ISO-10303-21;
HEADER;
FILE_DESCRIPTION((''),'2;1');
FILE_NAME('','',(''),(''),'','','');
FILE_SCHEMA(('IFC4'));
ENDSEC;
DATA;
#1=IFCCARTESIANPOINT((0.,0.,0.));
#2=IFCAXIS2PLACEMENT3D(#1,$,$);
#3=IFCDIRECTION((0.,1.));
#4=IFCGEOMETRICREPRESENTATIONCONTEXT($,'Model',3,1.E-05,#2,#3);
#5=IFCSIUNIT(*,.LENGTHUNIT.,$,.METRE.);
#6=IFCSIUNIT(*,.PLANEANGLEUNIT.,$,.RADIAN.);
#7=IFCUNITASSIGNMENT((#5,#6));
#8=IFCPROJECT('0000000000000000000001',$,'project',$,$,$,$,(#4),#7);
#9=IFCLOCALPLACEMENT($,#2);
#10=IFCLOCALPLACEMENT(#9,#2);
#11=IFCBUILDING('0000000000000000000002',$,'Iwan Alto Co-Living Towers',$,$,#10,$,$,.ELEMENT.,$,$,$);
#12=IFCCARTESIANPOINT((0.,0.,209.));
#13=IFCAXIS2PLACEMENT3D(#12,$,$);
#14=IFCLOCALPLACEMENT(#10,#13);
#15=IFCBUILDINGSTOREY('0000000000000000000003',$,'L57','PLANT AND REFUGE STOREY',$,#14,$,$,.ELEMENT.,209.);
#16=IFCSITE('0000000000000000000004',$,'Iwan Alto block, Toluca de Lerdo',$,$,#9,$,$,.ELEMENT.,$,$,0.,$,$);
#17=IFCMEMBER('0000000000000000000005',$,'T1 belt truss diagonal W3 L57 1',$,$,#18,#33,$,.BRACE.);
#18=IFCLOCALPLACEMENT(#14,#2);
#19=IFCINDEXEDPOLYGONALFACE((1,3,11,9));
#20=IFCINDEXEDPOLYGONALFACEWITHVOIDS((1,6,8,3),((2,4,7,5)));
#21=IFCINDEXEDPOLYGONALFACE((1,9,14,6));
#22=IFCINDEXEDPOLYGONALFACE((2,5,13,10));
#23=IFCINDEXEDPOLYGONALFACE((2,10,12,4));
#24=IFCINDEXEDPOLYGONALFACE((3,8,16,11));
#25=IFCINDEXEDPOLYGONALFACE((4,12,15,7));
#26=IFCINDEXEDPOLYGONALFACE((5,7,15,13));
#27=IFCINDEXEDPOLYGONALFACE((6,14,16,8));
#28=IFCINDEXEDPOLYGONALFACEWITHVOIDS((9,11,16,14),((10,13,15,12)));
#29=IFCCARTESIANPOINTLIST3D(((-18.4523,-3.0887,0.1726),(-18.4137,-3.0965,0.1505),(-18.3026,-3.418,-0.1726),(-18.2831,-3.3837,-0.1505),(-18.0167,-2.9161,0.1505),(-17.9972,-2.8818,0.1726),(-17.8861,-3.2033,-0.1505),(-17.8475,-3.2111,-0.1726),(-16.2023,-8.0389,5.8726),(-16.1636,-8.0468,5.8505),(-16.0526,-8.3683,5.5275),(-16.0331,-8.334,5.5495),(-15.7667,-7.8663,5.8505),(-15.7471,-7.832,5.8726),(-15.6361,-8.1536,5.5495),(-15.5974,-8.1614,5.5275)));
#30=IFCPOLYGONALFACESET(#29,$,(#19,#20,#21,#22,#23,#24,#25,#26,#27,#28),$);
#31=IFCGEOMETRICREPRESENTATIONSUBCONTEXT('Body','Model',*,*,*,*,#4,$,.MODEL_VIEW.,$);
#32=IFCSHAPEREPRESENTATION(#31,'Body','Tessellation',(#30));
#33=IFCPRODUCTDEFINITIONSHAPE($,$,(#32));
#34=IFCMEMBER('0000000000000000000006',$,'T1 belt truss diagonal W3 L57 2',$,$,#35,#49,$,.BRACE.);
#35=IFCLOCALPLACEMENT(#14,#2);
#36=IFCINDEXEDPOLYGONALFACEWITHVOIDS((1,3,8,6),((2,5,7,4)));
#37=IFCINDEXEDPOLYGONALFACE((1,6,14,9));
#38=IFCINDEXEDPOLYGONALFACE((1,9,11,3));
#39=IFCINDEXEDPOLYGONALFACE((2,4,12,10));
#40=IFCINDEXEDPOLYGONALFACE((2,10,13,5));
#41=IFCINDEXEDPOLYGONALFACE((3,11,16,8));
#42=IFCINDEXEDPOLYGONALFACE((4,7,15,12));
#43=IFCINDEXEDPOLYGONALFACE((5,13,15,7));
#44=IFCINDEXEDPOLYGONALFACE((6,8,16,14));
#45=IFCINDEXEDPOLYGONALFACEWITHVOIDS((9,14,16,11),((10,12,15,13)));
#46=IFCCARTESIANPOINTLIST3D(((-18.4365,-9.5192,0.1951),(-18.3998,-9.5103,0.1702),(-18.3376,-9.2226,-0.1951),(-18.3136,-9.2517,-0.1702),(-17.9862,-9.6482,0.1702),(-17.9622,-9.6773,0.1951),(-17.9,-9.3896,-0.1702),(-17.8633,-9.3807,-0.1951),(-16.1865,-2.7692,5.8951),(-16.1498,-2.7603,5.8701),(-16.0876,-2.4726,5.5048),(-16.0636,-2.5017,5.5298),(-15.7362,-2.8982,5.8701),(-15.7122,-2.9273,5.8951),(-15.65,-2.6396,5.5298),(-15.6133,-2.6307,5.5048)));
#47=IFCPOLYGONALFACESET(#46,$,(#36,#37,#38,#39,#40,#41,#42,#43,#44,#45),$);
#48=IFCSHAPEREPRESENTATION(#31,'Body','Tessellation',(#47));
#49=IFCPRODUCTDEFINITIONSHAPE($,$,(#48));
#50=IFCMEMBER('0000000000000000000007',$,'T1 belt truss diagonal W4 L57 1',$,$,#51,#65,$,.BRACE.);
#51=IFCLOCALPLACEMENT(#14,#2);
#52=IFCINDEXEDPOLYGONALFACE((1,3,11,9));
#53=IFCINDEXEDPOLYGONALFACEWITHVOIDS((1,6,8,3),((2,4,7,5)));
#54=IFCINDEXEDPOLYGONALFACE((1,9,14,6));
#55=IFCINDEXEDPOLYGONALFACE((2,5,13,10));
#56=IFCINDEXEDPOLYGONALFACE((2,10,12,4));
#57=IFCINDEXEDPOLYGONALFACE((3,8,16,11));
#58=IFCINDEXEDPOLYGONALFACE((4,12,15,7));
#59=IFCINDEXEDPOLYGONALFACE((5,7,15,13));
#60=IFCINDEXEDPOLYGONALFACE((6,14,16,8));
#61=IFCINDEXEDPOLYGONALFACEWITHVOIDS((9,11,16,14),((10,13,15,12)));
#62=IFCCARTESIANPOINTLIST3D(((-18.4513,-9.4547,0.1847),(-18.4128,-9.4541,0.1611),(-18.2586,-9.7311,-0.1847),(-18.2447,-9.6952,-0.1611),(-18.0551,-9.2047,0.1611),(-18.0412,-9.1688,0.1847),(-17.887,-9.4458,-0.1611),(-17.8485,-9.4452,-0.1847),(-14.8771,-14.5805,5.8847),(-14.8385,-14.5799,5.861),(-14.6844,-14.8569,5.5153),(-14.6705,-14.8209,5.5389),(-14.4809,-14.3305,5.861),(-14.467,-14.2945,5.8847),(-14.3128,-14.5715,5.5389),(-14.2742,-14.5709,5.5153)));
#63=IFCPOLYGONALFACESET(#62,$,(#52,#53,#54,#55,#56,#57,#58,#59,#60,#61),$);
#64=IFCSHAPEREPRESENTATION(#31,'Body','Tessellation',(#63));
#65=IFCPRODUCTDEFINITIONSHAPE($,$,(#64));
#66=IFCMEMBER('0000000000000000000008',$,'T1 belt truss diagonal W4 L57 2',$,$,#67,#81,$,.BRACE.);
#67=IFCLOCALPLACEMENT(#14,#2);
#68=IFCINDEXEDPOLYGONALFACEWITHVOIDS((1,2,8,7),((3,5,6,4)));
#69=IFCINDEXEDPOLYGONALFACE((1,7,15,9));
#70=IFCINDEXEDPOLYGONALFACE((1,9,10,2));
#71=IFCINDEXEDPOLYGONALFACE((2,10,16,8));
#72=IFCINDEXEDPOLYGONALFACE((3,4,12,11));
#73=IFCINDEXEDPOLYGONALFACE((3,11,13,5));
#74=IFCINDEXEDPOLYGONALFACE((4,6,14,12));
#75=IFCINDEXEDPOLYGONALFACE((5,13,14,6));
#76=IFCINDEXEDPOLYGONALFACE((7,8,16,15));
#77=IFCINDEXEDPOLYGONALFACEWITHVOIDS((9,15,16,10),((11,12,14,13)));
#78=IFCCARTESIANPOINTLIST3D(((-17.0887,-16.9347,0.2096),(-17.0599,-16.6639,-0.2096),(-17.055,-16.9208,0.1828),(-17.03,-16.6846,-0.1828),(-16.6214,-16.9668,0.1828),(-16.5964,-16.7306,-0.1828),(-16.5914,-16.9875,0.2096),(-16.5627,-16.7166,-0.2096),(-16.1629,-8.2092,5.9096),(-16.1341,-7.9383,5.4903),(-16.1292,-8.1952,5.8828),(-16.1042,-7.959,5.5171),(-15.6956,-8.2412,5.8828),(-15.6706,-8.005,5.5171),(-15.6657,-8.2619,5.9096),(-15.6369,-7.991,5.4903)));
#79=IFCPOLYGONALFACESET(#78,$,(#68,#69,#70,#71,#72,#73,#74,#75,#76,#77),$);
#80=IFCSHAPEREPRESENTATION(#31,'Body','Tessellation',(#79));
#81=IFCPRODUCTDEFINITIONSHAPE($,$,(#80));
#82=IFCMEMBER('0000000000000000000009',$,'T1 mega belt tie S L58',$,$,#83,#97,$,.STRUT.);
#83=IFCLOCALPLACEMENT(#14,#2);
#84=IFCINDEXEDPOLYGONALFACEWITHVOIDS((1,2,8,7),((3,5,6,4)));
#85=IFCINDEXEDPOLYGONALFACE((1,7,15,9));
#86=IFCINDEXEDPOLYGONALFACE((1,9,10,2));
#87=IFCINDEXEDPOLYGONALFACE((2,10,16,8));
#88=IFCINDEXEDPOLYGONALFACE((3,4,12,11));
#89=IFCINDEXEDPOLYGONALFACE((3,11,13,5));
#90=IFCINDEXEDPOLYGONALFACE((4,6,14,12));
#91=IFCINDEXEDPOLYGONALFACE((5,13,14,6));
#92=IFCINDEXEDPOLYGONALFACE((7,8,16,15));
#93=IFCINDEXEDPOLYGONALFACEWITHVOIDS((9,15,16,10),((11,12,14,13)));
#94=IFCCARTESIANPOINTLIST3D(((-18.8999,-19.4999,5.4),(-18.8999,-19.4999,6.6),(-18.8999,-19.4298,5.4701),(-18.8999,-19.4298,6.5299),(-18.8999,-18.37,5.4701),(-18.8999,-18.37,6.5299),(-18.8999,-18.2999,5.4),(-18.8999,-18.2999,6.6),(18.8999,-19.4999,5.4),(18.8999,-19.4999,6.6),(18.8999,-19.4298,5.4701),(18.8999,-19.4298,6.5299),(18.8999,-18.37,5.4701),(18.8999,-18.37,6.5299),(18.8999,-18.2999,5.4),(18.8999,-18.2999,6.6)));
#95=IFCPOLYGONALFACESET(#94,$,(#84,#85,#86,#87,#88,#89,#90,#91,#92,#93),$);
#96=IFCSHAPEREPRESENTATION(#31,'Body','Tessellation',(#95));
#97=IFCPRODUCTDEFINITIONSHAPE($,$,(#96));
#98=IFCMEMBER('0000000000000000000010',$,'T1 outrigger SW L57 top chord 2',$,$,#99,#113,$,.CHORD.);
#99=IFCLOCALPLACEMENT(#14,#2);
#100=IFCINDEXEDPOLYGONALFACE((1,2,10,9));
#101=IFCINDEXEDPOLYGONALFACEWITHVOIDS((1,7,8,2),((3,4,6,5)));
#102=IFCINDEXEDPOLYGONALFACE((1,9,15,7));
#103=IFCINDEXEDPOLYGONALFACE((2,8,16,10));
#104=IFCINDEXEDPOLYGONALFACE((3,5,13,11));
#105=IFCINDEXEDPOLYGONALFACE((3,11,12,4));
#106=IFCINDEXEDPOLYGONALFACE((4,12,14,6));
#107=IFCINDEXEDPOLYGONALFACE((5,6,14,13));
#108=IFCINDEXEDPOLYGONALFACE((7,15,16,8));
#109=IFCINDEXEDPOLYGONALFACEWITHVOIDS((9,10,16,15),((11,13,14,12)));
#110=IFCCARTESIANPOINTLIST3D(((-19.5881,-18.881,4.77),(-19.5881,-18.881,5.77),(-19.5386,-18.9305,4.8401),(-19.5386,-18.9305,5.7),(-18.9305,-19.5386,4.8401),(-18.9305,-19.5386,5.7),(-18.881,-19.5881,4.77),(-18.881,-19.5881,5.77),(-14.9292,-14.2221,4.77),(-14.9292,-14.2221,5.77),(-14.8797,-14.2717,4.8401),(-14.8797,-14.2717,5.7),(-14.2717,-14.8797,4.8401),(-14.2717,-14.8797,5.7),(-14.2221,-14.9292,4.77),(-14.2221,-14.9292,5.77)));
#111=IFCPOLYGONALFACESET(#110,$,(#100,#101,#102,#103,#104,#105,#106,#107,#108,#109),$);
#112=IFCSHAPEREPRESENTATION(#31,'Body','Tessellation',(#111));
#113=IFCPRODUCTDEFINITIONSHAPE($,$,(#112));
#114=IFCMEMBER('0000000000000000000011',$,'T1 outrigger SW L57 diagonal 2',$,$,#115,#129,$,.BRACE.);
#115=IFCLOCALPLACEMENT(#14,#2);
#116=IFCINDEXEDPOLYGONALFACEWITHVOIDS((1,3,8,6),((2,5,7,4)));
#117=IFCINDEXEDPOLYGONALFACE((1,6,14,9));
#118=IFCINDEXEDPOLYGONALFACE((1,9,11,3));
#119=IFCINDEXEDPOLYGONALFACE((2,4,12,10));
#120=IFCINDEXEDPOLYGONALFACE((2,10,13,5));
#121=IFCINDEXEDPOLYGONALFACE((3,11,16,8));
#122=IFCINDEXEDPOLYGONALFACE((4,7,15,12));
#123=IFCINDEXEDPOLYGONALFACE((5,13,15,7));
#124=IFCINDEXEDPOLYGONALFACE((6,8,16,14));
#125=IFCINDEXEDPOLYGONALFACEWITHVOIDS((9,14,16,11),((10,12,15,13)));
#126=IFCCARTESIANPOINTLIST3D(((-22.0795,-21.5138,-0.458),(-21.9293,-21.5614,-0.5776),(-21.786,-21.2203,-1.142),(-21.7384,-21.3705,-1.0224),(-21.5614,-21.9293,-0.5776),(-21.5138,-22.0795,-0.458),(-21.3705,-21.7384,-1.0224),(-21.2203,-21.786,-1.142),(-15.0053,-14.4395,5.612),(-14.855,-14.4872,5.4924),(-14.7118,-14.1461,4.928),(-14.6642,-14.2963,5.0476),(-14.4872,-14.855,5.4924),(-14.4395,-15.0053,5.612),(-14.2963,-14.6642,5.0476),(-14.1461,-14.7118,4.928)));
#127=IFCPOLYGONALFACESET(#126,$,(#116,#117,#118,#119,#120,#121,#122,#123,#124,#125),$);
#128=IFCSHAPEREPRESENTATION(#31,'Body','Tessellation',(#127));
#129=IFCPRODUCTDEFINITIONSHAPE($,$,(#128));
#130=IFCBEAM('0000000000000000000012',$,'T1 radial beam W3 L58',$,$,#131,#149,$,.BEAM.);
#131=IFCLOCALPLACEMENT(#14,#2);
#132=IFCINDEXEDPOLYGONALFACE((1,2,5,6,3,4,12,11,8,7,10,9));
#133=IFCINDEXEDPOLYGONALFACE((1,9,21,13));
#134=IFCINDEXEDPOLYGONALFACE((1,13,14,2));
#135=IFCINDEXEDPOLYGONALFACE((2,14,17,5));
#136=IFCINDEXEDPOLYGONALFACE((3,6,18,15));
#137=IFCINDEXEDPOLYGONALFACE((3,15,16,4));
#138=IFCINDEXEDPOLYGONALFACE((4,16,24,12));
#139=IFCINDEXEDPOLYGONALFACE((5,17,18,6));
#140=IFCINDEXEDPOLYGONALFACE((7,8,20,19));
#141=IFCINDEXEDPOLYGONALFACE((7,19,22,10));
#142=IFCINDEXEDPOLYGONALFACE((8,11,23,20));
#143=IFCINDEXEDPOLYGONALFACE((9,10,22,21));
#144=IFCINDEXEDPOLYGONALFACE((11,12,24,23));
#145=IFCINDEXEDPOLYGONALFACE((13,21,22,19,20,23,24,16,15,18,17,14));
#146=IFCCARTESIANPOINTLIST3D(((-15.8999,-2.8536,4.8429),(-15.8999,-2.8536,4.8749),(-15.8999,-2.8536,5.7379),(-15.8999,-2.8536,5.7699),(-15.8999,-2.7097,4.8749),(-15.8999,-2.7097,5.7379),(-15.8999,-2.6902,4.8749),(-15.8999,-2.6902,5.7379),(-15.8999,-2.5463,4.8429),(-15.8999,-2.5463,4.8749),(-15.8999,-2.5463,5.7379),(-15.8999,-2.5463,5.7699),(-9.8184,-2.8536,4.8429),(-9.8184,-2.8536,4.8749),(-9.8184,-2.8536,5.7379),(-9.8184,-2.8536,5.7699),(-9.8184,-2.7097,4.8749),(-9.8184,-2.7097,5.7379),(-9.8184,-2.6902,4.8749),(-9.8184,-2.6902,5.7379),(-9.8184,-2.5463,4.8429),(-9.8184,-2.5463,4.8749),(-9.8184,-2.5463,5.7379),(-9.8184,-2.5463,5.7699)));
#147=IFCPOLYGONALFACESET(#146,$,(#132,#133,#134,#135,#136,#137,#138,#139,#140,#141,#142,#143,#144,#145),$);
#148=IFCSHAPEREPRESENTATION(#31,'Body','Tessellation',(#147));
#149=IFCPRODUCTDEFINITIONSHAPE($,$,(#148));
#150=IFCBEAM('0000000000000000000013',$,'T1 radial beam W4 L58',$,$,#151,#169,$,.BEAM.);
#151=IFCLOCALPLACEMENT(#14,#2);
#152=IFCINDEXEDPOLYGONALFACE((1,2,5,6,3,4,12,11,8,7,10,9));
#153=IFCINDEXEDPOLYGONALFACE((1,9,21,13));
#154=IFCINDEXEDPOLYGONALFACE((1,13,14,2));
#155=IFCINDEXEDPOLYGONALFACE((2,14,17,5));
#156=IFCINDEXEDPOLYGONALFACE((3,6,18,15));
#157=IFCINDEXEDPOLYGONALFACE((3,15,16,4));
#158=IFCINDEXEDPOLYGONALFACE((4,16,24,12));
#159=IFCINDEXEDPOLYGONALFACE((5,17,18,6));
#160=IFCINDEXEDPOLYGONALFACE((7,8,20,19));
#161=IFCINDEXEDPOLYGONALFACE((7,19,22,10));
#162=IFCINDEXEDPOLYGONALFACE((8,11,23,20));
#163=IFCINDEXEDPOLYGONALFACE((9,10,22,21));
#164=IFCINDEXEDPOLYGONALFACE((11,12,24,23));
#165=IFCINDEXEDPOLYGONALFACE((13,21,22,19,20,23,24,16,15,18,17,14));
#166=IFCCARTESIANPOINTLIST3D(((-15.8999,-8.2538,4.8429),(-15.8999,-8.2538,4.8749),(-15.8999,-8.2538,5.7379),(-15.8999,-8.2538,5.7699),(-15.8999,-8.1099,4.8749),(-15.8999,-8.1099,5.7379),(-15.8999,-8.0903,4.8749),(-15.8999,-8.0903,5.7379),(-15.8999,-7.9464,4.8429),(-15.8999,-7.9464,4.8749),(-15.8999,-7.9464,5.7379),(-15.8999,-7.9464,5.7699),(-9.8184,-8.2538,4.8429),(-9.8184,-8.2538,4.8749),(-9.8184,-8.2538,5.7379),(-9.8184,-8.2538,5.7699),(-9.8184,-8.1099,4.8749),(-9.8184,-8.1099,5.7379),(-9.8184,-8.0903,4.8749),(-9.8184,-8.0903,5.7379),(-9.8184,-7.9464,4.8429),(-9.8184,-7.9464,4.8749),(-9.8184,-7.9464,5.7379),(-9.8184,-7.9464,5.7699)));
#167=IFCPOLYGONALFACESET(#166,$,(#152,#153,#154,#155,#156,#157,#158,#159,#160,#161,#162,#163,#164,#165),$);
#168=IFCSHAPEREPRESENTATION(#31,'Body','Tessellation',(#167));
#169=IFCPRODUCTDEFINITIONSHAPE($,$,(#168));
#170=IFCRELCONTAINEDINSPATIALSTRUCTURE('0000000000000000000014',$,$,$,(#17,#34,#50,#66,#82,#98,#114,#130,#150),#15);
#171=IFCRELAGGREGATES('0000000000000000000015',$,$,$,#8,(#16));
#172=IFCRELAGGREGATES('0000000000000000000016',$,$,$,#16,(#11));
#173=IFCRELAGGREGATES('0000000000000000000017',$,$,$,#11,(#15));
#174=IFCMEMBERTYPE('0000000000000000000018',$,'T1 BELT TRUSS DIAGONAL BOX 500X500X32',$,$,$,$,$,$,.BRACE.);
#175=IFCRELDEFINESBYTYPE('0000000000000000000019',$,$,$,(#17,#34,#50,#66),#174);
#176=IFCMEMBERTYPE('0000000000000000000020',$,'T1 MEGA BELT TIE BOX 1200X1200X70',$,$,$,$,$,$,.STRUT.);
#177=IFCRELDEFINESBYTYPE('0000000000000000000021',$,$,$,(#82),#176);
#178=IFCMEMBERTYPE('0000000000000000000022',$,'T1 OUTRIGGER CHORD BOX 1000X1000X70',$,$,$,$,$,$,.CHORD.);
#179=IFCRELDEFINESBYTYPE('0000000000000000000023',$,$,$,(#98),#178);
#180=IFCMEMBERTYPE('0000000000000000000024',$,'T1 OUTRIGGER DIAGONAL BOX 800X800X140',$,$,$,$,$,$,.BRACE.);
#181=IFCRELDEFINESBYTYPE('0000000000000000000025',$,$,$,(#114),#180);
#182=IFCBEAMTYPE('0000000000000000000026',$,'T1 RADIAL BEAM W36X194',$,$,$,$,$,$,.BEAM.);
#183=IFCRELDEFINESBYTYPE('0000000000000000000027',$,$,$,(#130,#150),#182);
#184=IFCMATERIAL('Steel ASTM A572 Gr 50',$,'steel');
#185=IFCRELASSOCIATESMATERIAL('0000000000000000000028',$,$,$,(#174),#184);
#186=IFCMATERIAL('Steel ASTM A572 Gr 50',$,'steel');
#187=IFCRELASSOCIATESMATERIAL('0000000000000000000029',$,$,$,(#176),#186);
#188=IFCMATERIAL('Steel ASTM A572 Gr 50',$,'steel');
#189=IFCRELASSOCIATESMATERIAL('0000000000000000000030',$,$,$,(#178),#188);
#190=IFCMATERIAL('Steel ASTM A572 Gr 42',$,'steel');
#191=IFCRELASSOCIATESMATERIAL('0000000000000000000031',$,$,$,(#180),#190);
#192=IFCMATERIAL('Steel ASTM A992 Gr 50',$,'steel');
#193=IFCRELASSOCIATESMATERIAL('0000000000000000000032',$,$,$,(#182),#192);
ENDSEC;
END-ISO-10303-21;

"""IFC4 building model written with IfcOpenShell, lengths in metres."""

from ifc_helpers import new_model, si_unit, direction, frame, origin, origin_2d, place, context, subcontext, project, spatial, hollow_rectangle, i_section, extrude, material, material_profile, profile_set, type_object, element, save


model = new_model("IFC4")

# Units and contexts
model_context = context("Model", 3, precision=1e-05, world=origin(), true_north=direction((0.0, 1.0)))
body_context = subcontext(model_context, "Body", "Model", "MODEL_VIEW")
ifc_project = project(units=[si_unit("LENGTHUNIT", "METRE"), si_unit("PLANEANGLEUNIT", "RADIAN")], contexts=[model_context])

# Site, building, storey
site_placement = place(None, origin())
site = spatial("IfcSite", under=ifc_project, at=site_placement, Name="Iwan Alto block, Toluca de Lerdo", CompositionType="ELEMENT", RefElevation=0.0)
building_placement = place(site_placement, origin())
building = spatial("IfcBuilding", under=site, at=building_placement, Name="Iwan Alto Co-Living Towers", CompositionType="ELEMENT")
storey_placement = place(building_placement, frame((0.0, 0.0, 209.0)))
storey = spatial("IfcBuildingStorey", under=building, at=storey_placement, Name="L57", Description="PLANT AND REFUGE STOREY", CompositionType="ELEMENT", Elevation=209.0)

# Members
ifc_material_1 = material(Name="Steel ASTM A572 Gr 50", Category="steel")
ifc_material_profile_1 = material_profile(ifc_material_1, hollow_rectangle(XDim=0.5, YDim=0.5, WallThickness=0.032, at=origin_2d()), Name="BOX 500X500X32")
ifc_profile_set_1 = profile_set([ifc_material_profile_1], Name="Steel ASTM A572 Gr 50")
member_type_1 = type_object("IfcMemberType", Name="T1 BELT TRUSS DIAGONAL BOX 500X500X32", PredefinedType="BRACE", material=ifc_profile_set_1)
member_1_placement = place(storey_placement, frame((-18.1499, -3.1499, 0.0), z_axis=(0.28562, -0.62839, 0.723566), x_axis=(0.910373, 0.413789, 0.0)))
element("IfcMember", 1, at=member_1_placement, inside=storey, type_object=member_type_1, Name="T1 belt truss diagonal W3 L57 1", PredefinedType="BRACE", context=body_context, shape_type="SweptSolid", body=[
    extrude(hollow_rectangle(XDim=0.5, YDim=0.5, WallThickness=0.032, at=origin_2d()), origin(), (0.0, 0.0, 1.0), 7.8777),
])
member_2_placement = place(storey_placement, frame((-18.1499, -9.45, 0.0), z_axis=(0.246799, 0.740398, 0.62522), x_axis=(-0.948683, 0.316228, 0.0)))
element("IfcMember", 2, at=member_2_placement, inside=storey, type_object=member_type_1, Name="T1 belt truss diagonal W3 L57 2", PredefinedType="BRACE", context=body_context, shape_type="SweptSolid", body=[
    extrude(hollow_rectangle(XDim=0.5, YDim=0.5, WallThickness=0.032, at=origin_2d()), origin(), (0.0, 0.0, 1.0), 9.1167),
])
member_3_placement = place(storey_placement, frame((-18.1499, -9.45, 0.0), z_axis=(0.422585, -0.606022, 0.673913), x_axis=(0.820268, 0.57198, 0.0)))
element("IfcMember", 3, at=member_3_placement, inside=storey, type_object=member_type_1, Name="T1 belt truss diagonal W4 L57 1", PredefinedType="BRACE", context=body_context, shape_type="SweptSolid", body=[
    extrude(hollow_rectangle(XDim=0.5, YDim=0.5, WallThickness=0.032, at=origin_2d()), origin(), (0.0, 0.0, 1.0), 8.458),
])
member_4_placement = place(storey_placement, frame((-16.8257, -16.8257, 0.0), z_axis=(0.088478, 0.833916, 0.544752), x_axis=(-0.994419, 0.105507, 0.0)))
element("IfcMember", 4, at=member_4_placement, inside=storey, type_object=member_type_1, Name="T1 belt truss diagonal W4 L57 2", PredefinedType="BRACE", context=body_context, shape_type="SweptSolid", body=[
    extrude(hollow_rectangle(XDim=0.5, YDim=0.5, WallThickness=0.032, at=origin_2d()), origin(), (0.0, 0.0, 1.0), 10.4634),
])
ifc_material_2 = material(Name="Steel ASTM A572 Gr 50", Category="steel")
ifc_material_profile_2 = material_profile(ifc_material_2, hollow_rectangle(XDim=1.2, YDim=1.2, WallThickness=0.0701, at=origin_2d()), Name="BOX 1200X1200X70")
ifc_profile_set_2 = profile_set([ifc_material_profile_2], Name="Steel ASTM A572 Gr 50")
member_type_2 = type_object("IfcMemberType", Name="T1 MEGA BELT TIE BOX 1200X1200X70", PredefinedType="STRUT", material=ifc_profile_set_2)
member_5_placement = place(storey_placement, frame((-18.8999, -18.8999, 6.0), z_axis=(1.0, 0.0, 0.0), x_axis=(0.0, 1.0, 0.0)))
element("IfcMember", 5, at=member_5_placement, inside=storey, type_object=member_type_2, Name="T1 mega belt tie S L58", PredefinedType="STRUT", context=body_context, shape_type="SweptSolid", body=[
    extrude(hollow_rectangle(XDim=1.2, YDim=1.2, WallThickness=0.0701, at=origin_2d()), origin(), (0.0, 0.0, 1.0), 37.7998),
])
ifc_material_3 = material(Name="Steel ASTM A572 Gr 50", Category="steel")
ifc_material_profile_3 = material_profile(ifc_material_3, hollow_rectangle(XDim=1.0, YDim=1.0, WallThickness=0.0701, at=origin_2d()), Name="BOX 1000X1000X70")
ifc_profile_set_3 = profile_set([ifc_material_profile_3], Name="Steel ASTM A572 Gr 50")
member_type_3 = type_object("IfcMemberType", Name="T1 OUTRIGGER CHORD BOX 1000X1000X70", PredefinedType="CHORD", material=ifc_profile_set_3)
member_6_placement = place(storey_placement, frame((-14.5757, -14.5757, 5.27), z_axis=(-0.707107, -0.707107, 0.0), x_axis=(0.707107, -0.707107, 0.0)))
element("IfcMember", 6, at=member_6_placement, inside=storey, type_object=member_type_3, Name="T1 outrigger SW L57 top chord 2", PredefinedType="CHORD", context=body_context, shape_type="SweptSolid", body=[
    extrude(hollow_rectangle(XDim=1.0, YDim=1.0, WallThickness=0.0701, at=origin_2d()), origin(), (0.0, 0.0, 1.0), 6.5886),
])
ifc_material_4 = material(Name="Steel ASTM A572 Gr 42", Category="steel")
ifc_material_profile_4 = material_profile(ifc_material_4, hollow_rectangle(XDim=0.8, YDim=0.8, WallThickness=0.1399, at=origin_2d()), Name="BOX 800X800X140")
ifc_profile_set_4 = profile_set([ifc_material_profile_4], Name="Steel ASTM A572 Gr 42")
member_type_4 = type_object("IfcMemberType", Name="T1 OUTRIGGER DIAGONAL BOX 800X800X140", PredefinedType="BRACE", material=ifc_profile_set_4)
member_7_placement = place(storey_placement, frame((-14.5757, -14.5757, 5.27), z_axis=(-0.604535, -0.604535, -0.518724), x_axis=(0.707107, -0.707107, 0.0)))
element("IfcMember", 7, at=member_7_placement, inside=storey, type_object=member_type_4, Name="T1 outrigger SW L57 diagonal 2", PredefinedType="BRACE", context=body_context, shape_type="SweptSolid", body=[
    extrude(hollow_rectangle(XDim=0.8, YDim=0.8, WallThickness=0.1399, at=origin_2d()), origin(), (0.0, 0.0, 1.0), 11.7019),
])

# Beams
ifc_material_5 = material(Name="Steel ASTM A992 Gr 50", Category="steel")
ifc_material_profile_5 = material_profile(ifc_material_5, i_section(OverallWidth=0.3074, OverallDepth=0.927, WebThickness=0.0195, FlangeThickness=0.032, at=origin_2d()), Name="W36X194")
ifc_profile_set_5 = profile_set([ifc_material_profile_5], Name="Steel ASTM A992 Gr 50")
beam_type_1 = type_object("IfcBeamType", Name="T1 RADIAL BEAM W36X194", PredefinedType="BEAM", material=ifc_profile_set_5)
for number, where, z_axis, x_axis, name in (
    (8, (-15.8999, -2.7, 5.3064), (1.0, 0.0, 0.0), (0.0, 1.0, 0.0), "T1 radial beam W3 L58"),
    (9, (-15.8999, -8.1001, 5.3064), (1.0, 0.0, 0.0), (0.0, 1.0, 0.0), "T1 radial beam W4 L58"),
):
    element("IfcBeam", number, at=place(storey_placement, frame(where, z_axis=z_axis, x_axis=x_axis)), inside=storey, type_object=beam_type_1, Name=name, PredefinedType="BEAM", context=body_context, shape_type="SweptSolid", body=[
        extrude(i_section(OverallWidth=0.3074, OverallDepth=0.927, WebThickness=0.0195, FlangeThickness=0.032, at=origin_2d()), origin(), (0.0, 0.0, 1.0), 6.0815),
    ])

save(model, "model.ifc")
